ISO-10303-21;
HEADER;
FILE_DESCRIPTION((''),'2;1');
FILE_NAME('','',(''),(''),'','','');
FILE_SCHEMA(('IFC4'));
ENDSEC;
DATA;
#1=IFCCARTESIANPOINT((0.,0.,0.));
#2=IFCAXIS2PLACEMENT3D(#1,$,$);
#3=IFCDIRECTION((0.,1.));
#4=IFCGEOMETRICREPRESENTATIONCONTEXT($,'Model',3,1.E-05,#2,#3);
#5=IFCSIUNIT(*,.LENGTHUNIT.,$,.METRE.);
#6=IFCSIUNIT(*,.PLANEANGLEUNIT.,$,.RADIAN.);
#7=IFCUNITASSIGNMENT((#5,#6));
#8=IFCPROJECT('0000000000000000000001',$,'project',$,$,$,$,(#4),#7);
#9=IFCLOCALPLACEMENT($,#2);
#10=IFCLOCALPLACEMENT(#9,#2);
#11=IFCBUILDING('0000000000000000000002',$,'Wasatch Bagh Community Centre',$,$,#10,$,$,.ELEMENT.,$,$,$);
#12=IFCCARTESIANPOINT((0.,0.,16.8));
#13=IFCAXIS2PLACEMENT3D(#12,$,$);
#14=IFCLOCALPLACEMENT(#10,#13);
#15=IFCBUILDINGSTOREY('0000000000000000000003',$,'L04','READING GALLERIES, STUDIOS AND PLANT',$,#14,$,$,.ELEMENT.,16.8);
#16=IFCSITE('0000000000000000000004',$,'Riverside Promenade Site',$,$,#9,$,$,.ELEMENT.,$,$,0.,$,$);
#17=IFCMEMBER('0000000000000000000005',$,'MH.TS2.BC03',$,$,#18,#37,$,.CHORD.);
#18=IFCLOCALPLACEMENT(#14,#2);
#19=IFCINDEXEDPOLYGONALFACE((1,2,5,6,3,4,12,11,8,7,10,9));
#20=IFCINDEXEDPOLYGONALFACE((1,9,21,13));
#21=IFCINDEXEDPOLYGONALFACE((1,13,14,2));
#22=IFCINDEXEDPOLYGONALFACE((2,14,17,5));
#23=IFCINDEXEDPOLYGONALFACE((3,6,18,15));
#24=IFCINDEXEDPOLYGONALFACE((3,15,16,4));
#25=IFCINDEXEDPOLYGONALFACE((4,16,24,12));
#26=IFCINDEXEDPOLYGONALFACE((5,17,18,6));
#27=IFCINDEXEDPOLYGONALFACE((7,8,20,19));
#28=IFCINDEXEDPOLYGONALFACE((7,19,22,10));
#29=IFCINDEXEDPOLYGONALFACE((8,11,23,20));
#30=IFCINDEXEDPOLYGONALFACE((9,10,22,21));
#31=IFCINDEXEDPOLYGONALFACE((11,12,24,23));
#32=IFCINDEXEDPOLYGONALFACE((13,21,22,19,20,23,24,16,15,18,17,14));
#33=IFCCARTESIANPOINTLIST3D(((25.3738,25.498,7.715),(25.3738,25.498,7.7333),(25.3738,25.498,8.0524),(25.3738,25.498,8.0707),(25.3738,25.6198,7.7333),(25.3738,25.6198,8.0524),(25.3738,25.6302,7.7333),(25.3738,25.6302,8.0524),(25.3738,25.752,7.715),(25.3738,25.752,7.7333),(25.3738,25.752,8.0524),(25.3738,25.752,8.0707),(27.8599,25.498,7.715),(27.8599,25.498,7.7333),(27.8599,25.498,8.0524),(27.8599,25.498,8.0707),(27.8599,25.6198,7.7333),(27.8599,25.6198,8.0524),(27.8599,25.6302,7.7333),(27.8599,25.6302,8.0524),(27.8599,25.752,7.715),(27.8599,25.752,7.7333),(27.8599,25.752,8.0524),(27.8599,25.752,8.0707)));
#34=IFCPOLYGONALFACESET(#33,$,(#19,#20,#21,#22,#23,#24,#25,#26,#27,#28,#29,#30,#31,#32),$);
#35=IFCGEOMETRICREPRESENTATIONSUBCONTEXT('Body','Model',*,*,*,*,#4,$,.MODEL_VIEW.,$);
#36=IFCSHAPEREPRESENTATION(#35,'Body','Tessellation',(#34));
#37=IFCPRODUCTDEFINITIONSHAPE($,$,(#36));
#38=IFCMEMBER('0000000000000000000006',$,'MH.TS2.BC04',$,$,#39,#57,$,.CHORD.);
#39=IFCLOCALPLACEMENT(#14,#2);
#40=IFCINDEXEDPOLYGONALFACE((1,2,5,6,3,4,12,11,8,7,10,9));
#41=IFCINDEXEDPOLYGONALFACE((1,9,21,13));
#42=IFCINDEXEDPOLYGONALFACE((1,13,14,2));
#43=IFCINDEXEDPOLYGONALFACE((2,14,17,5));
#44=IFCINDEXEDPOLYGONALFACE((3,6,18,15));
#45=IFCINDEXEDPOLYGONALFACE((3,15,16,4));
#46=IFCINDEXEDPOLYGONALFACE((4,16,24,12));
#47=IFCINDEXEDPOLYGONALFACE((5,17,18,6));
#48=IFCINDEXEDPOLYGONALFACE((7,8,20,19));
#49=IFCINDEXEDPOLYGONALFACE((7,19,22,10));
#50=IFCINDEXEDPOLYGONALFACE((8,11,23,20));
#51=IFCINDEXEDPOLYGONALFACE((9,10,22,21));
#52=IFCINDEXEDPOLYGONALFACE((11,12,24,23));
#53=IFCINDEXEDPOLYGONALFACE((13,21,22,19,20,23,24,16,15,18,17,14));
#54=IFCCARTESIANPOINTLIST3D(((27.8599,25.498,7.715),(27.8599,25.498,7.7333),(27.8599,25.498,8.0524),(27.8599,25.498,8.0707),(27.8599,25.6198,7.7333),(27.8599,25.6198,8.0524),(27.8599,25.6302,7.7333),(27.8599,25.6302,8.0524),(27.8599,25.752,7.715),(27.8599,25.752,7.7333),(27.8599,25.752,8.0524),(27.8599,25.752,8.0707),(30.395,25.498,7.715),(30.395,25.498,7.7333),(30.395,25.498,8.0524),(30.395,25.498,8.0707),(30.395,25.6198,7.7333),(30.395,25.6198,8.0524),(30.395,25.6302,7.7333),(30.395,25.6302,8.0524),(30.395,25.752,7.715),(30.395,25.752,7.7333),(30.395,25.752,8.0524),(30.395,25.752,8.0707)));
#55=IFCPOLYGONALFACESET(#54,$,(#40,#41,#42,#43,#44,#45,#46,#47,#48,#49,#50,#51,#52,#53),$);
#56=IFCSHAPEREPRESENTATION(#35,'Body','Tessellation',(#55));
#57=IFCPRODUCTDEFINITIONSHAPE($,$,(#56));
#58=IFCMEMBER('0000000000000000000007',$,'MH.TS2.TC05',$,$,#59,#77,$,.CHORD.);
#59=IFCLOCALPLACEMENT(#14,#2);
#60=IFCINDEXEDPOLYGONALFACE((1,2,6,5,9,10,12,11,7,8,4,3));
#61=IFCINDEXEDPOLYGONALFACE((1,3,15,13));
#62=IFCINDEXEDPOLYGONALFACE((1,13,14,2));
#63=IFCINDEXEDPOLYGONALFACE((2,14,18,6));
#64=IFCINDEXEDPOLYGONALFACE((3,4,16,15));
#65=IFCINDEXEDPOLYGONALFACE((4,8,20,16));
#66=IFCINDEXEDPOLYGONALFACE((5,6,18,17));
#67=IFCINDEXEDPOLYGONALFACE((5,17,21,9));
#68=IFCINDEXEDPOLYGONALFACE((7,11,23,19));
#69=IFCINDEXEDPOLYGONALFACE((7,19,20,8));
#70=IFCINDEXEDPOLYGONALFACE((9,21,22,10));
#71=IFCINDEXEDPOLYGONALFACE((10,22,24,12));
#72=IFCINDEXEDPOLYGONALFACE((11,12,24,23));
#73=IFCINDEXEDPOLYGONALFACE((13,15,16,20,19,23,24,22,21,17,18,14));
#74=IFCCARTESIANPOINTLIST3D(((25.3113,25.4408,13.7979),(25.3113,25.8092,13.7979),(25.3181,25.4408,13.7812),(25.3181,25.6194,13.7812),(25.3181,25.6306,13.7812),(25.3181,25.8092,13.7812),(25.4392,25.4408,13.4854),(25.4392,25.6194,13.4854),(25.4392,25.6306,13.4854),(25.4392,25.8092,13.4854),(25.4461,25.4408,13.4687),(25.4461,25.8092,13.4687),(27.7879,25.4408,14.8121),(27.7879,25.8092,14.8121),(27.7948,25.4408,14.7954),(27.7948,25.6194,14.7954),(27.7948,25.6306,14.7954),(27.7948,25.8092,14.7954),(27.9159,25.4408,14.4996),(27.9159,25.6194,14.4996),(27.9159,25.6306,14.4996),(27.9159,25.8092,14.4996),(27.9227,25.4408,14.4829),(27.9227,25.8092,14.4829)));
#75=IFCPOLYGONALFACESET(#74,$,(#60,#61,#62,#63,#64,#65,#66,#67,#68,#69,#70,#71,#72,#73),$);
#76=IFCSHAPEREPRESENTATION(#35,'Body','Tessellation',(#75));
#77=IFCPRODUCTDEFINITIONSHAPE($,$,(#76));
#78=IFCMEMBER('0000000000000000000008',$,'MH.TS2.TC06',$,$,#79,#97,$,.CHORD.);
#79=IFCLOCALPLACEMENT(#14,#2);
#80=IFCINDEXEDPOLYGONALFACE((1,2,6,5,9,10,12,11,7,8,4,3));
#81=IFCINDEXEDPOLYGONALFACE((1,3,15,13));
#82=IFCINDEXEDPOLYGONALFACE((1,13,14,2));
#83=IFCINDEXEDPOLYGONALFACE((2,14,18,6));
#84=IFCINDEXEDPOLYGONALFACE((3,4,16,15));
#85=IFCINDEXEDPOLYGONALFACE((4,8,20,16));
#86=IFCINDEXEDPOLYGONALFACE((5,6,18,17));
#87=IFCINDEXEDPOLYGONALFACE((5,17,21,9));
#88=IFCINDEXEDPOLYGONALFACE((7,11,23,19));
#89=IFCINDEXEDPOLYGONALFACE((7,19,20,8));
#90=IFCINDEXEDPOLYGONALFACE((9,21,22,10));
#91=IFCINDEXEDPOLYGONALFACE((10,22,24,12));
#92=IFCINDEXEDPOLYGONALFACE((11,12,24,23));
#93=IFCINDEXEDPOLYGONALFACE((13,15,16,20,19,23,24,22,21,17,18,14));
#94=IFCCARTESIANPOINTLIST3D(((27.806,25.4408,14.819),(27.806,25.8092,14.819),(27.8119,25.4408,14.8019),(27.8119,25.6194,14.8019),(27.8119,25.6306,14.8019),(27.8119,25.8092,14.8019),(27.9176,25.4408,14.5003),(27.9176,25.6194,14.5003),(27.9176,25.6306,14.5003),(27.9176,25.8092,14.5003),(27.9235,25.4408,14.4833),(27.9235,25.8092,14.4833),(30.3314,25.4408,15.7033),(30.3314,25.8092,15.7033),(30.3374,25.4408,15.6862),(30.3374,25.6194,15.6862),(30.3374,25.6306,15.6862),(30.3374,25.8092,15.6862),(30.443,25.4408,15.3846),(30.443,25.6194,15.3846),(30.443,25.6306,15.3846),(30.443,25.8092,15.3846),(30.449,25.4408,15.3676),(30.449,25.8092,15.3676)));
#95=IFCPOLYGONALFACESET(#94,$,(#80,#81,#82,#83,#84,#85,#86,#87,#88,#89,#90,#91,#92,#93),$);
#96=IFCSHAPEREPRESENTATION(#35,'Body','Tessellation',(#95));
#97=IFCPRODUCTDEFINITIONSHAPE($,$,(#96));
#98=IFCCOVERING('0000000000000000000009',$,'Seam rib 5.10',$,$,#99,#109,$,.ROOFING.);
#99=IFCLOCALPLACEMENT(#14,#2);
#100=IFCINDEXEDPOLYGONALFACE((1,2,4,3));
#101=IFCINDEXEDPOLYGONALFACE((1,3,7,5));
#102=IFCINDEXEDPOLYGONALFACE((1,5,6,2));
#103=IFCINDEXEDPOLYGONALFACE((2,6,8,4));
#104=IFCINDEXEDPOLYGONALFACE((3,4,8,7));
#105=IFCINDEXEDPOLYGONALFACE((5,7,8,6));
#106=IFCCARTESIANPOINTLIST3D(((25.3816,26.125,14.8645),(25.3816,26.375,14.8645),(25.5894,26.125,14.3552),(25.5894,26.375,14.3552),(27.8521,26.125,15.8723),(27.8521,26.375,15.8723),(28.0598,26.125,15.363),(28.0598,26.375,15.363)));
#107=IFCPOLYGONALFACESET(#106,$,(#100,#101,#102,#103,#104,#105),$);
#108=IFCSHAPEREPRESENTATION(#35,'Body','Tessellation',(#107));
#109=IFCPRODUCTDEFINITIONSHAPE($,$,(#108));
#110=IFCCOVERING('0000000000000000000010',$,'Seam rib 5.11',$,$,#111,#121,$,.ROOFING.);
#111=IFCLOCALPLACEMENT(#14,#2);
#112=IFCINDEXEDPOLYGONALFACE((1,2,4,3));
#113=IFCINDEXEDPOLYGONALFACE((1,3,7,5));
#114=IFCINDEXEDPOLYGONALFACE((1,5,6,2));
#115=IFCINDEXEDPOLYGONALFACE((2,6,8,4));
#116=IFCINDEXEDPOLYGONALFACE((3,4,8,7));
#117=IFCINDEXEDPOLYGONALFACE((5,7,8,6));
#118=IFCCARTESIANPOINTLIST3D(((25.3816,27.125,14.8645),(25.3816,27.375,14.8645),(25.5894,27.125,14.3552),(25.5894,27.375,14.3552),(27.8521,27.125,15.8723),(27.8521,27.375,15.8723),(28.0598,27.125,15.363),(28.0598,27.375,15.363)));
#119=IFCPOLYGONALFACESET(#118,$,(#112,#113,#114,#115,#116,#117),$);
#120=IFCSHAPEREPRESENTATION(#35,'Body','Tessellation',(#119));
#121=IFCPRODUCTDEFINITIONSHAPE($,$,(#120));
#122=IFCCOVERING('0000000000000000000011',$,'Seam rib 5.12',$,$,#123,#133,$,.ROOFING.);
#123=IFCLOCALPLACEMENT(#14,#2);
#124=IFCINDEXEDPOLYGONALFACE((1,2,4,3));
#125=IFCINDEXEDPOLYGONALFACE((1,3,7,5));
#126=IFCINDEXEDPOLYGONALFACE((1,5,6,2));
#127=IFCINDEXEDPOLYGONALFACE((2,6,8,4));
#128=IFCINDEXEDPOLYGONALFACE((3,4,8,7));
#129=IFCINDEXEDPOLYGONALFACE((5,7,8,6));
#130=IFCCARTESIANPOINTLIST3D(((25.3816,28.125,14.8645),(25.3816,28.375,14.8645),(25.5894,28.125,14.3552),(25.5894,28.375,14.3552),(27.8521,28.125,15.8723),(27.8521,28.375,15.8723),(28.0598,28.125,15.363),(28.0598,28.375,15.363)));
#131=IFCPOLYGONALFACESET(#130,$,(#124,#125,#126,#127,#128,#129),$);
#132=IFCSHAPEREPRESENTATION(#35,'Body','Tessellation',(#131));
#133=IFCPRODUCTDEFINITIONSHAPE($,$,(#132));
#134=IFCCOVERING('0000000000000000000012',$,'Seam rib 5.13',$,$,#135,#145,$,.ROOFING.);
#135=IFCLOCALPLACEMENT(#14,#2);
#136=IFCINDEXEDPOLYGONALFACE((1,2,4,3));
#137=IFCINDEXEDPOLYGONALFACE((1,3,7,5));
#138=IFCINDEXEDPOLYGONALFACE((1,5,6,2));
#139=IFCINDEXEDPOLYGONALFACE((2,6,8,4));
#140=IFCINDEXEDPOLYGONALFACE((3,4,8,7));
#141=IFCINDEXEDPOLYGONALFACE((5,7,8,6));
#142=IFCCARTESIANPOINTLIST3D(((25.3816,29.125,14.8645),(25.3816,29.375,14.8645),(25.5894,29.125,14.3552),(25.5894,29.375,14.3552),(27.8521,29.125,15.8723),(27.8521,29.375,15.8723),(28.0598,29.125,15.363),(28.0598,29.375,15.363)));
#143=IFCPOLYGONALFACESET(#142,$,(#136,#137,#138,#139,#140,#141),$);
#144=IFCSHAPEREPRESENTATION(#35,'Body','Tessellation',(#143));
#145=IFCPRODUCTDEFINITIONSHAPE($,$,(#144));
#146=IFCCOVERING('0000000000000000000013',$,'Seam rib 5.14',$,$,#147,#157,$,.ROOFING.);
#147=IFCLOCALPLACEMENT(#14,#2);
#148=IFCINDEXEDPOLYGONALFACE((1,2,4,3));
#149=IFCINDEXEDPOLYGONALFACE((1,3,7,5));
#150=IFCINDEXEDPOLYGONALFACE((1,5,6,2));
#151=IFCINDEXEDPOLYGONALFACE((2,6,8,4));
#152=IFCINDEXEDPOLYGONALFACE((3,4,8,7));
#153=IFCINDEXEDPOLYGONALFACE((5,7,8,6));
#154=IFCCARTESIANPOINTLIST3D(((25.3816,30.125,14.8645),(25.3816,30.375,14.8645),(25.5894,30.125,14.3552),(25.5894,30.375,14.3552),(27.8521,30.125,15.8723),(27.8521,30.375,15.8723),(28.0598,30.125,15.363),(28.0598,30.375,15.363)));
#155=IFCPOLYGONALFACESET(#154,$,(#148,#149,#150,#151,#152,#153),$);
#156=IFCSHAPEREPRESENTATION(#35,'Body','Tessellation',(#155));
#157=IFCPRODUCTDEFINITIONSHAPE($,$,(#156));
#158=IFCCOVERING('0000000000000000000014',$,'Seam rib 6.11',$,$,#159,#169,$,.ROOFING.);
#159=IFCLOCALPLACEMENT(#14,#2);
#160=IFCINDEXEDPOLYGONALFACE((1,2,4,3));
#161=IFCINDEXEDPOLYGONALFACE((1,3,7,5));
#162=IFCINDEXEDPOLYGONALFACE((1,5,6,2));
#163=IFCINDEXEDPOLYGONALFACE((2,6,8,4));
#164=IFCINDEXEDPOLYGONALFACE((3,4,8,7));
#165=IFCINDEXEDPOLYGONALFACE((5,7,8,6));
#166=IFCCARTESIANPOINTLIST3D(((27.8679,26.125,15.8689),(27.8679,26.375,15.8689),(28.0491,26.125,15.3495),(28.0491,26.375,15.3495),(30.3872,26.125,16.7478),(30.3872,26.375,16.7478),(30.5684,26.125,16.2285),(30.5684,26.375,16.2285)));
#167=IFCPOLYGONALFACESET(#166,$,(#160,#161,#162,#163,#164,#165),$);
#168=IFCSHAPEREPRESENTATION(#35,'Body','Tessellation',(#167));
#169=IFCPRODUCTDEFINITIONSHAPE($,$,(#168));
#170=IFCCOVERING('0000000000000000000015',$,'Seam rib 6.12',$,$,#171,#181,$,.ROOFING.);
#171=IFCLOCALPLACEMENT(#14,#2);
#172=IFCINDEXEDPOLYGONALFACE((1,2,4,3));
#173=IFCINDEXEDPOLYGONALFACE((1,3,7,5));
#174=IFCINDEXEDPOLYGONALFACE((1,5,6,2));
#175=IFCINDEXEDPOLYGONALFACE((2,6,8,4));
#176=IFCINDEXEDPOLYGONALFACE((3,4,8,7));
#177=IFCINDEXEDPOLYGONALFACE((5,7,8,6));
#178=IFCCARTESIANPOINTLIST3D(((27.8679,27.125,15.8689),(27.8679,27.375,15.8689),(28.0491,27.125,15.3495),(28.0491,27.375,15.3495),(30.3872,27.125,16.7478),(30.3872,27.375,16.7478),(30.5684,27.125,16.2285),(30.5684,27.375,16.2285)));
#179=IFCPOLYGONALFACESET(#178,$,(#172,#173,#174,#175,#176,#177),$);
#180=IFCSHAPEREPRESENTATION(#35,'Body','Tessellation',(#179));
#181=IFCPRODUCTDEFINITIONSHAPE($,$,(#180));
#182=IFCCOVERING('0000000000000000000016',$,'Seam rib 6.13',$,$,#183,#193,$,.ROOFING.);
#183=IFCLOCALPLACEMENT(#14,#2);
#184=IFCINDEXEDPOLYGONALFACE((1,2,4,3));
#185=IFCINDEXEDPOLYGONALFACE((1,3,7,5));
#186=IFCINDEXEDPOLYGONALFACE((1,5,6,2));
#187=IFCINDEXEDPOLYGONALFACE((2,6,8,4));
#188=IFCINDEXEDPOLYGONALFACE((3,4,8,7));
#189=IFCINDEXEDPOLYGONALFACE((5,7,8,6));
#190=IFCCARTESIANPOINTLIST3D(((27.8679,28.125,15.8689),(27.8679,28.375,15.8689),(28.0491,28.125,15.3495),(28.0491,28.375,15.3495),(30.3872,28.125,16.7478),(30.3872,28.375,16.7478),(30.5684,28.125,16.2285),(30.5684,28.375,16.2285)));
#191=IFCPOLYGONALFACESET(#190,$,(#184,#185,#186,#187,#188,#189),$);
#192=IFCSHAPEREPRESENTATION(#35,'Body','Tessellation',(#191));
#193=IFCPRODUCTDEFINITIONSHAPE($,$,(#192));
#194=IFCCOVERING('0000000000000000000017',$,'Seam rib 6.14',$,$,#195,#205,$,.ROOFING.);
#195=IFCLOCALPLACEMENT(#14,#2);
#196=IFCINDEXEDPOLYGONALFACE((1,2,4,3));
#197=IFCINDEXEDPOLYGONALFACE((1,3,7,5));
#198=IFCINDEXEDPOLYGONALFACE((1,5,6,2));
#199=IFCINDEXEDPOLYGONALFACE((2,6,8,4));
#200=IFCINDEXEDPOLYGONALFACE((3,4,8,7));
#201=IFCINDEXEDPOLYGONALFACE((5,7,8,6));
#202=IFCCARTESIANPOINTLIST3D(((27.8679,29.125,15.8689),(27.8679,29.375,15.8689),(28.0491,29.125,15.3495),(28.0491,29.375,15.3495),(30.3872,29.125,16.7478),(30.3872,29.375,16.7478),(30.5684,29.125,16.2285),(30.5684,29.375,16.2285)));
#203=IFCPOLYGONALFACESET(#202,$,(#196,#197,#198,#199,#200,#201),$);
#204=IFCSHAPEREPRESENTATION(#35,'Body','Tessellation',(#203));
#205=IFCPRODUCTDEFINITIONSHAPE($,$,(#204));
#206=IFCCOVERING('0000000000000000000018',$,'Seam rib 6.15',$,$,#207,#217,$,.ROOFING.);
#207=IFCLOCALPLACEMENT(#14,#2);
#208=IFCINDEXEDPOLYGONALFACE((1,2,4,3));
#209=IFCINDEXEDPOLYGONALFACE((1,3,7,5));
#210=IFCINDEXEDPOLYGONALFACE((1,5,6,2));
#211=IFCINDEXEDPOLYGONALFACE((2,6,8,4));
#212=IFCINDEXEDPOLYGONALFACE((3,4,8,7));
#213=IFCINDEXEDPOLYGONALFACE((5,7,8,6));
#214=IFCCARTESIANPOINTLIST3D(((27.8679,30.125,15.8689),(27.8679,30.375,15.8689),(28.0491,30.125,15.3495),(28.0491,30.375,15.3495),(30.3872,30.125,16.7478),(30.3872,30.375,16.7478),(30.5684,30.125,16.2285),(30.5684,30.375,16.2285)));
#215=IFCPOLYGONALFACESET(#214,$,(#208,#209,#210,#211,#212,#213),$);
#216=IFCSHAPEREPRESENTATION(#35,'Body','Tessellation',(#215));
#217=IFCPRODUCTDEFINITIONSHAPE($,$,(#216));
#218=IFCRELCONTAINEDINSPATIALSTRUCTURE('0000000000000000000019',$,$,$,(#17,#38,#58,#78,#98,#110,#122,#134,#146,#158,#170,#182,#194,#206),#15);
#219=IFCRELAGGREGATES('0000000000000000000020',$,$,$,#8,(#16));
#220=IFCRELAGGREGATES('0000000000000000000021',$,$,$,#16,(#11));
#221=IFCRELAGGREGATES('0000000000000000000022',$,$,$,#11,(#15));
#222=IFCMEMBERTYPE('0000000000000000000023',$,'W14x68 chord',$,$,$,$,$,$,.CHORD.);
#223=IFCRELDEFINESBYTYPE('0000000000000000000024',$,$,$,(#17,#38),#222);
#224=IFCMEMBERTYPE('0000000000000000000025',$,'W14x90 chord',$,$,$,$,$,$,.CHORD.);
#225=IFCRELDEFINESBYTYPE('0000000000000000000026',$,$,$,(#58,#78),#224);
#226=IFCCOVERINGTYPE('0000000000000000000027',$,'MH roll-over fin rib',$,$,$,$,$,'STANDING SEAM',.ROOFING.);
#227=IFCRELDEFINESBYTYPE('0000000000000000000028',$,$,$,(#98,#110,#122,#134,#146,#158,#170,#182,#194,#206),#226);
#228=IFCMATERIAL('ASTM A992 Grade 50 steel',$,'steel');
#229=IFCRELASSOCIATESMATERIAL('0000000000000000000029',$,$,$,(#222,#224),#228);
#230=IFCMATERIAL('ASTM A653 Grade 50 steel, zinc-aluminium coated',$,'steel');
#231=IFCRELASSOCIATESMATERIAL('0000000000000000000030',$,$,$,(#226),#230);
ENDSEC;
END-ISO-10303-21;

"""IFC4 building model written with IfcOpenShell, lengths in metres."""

from ifc_helpers import new_model, si_unit, direction, frame, origin, origin_2d, place, context, subcontext, project, spatial, polyline, i_section, outline, extrude, material, material_profile, profile_set, type_object, element, save


model = new_model("IFC4")

# Units and contexts
model_context = context("Model", 3, precision=1e-05, world=origin(), true_north=direction((0.0, 1.0)))
body_context = subcontext(model_context, "Body", "Model", "MODEL_VIEW")
ifc_project = project(units=[si_unit("LENGTHUNIT", "METRE"), si_unit("PLANEANGLEUNIT", "RADIAN")], contexts=[model_context])

# Site, building, storey
site_placement = place(None, origin())
site = spatial("IfcSite", under=ifc_project, at=site_placement, Name="Riverside Promenade Site", CompositionType="ELEMENT", RefElevation=0.0)
building_placement = place(site_placement, origin())
building = spatial("IfcBuilding", under=site, at=building_placement, Name="Wasatch Bagh Community Centre", CompositionType="ELEMENT")
storey_placement = place(building_placement, frame((0.0, 0.0, 16.8)))
storey = spatial("IfcBuildingStorey", under=building, at=storey_placement, Name="L04", Description="READING GALLERIES, STUDIOS AND PLANT", CompositionType="ELEMENT", Elevation=16.8)

# Members
ifc_material_1 = material(Name="ASTM A992 Grade 50 steel", Category="steel")
ifc_material_profile_1 = material_profile(ifc_material_1, i_section(OverallWidth=0.2539, OverallDepth=0.3557, WebThickness=0.0105, FlangeThickness=0.0183, at=origin_2d()), Name="W14x68")
ifc_profile_set_1 = profile_set([ifc_material_profile_1], Name="ASTM A992 Grade 50 steel")
member_type_1 = type_object("IfcMemberType", Name="W14x68 chord", PredefinedType="CHORD", material=ifc_profile_set_1)
for number, where, z_axis, x_axis, name in (
    (1, (25.3738, 25.625, 7.8928), (1.0, 0.0, 0.0), (0.0, 1.0, 0.0), "MH.TS2.BC03"),
):
    element("IfcMember", number, at=place(storey_placement, frame(where, z_axis=z_axis, x_axis=x_axis)), inside=storey, type_object=member_type_1, Name=name, PredefinedType="CHORD", context=body_context, shape_type="SweptSolid", body=[
        extrude(i_section(OverallWidth=0.2539, OverallDepth=0.3557, WebThickness=0.0105, FlangeThickness=0.0183, at=origin_2d()), origin(), (0.0, 0.0, 1.0), 2.4861),
    ])
member_1_placement = place(storey_placement, frame((27.8599, 25.625, 7.8928), z_axis=(1.0, 0.0, 0.0), x_axis=(0.0, 1.0, 0.0)))
element("IfcMember", 2, at=member_1_placement, inside=storey, type_object=member_type_1, Name="MH.TS2.BC04", PredefinedType="CHORD", context=body_context, shape_type="SweptSolid", body=[
    extrude(i_section(OverallWidth=0.2539, OverallDepth=0.3557, WebThickness=0.0105, FlangeThickness=0.0183, at=origin_2d()), origin(), (0.0, 0.0, 1.0), 2.5352),
])
ifc_material_profile_2 = material_profile(ifc_material_1, i_section(OverallWidth=0.3684, OverallDepth=0.3557, WebThickness=0.0112, FlangeThickness=0.0181, at=origin_2d()), Name="W14x90")
ifc_profile_set_2 = profile_set([ifc_material_profile_2], Name="ASTM A992 Grade 50 steel")
member_type_2 = type_object("IfcMemberType", Name="W14x90 chord", PredefinedType="CHORD", material=ifc_profile_set_2)
member_2_placement = place(storey_placement, frame((25.3787, 25.625, 13.6333), z_axis=(0.925413, 0.0, 0.37896), x_axis=(0.0, 1.0, 0.0)))
element("IfcMember", 3, at=member_2_placement, inside=storey, type_object=member_type_2, Name="MH.TS2.TC05", PredefinedType="CHORD", context=body_context, shape_type="SweptSolid", body=[
    extrude(i_section(OverallWidth=0.3684, OverallDepth=0.3557, WebThickness=0.0112, FlangeThickness=0.0181, at=origin_2d()), origin(), (0.0, 0.0, 1.0), 2.6763),
])
member_3_placement = place(storey_placement, frame((27.8647, 25.625, 14.6511), z_axis=(0.943813, 0.0, 0.33048), x_axis=(0.0, 1.0, 0.0)))
element("IfcMember", 4, at=member_3_placement, inside=storey, type_object=member_type_2, Name="MH.TS2.TC06", PredefinedType="CHORD", context=body_context, shape_type="SweptSolid", body=[
    extrude(i_section(OverallWidth=0.3684, OverallDepth=0.3557, WebThickness=0.0112, FlangeThickness=0.0181, at=origin_2d()), origin(), (0.0, 0.0, 1.0), 2.6758),
])

# Coverings
ifc_material_2 = material(Name="ASTM A653 Grade 50 steel, zinc-aluminium coated", Category="steel")
covering_type = type_object("IfcCoveringType", Name="MH roll-over fin rib", ElementType="STANDING SEAM", PredefinedType="ROOFING", material=ifc_material_2)
for number, where, z_axis, x_axis, name in (
    (5, (25.3816, 26.125, 14.8645), (-0.377724, 0.0, 0.925918), (0.925918, 0.0, 0.377724), "Seam rib 5.10"),
    (6, (25.3816, 27.125, 14.8645), (-0.377724, 0.0, 0.925918), (0.925918, 0.0, 0.377724), "Seam rib 5.11"),
    (7, (25.3816, 28.125, 14.8645), (-0.377724, 0.0, 0.925918), (0.925918, 0.0, 0.377724), "Seam rib 5.12"),
    (8, (25.3816, 29.125, 14.8645), (-0.377724, 0.0, 0.925918), (0.925918, 0.0, 0.377724), "Seam rib 5.13"),
    (9, (25.3816, 30.125, 14.8645), (-0.377724, 0.0, 0.925918), (0.925918, 0.0, 0.377724), "Seam rib 5.14"),
):
    element("IfcCovering", number, at=place(storey_placement, frame(where, z_axis=z_axis, x_axis=x_axis)), inside=storey, type_object=covering_type, Name=name, PredefinedType="ROOFING", context=body_context, shape_type="SweptSolid", body=[
        extrude(outline(polyline([(0.0, 0.0), (2.6681, 0.0), (2.6681, 0.25), (0.0, 0.25), (0.0, 0.0)])), origin(), (0.0, 0.0, -1.0), 0.55),
    ])
for number, where, z_axis, x_axis, name in (
    (10, (27.8679, 26.125, 15.8689), (-0.329401, 0.0, 0.94419), (0.94419, 0.0, 0.329401), "Seam rib 6.11"),
    (11, (27.8679, 27.125, 15.8689), (-0.329401, 0.0, 0.94419), (0.94419, 0.0, 0.329401), "Seam rib 6.12"),
    (12, (27.8679, 28.125, 15.8689), (-0.329401, 0.0, 0.94419), (0.94419, 0.0, 0.329401), "Seam rib 6.13"),
    (13, (27.8679, 29.125, 15.8689), (-0.329401, 0.0, 0.94419), (0.94419, 0.0, 0.329401), "Seam rib 6.14"),
    (14, (27.8679, 30.125, 15.8689), (-0.329401, 0.0, 0.94419), (0.94419, 0.0, 0.329401), "Seam rib 6.15"),
):
    element("IfcCovering", number, at=place(storey_placement, frame(where, z_axis=z_axis, x_axis=x_axis)), inside=storey, type_object=covering_type, Name=name, PredefinedType="ROOFING", context=body_context, shape_type="SweptSolid", body=[
        extrude(outline(polyline([(0.0, 0.0), (2.6682, 0.0), (2.6682, 0.25), (0.0, 0.25), (0.0, 0.0)])), origin(), (0.0, 0.0, -1.0), 0.55),
    ])

save(model, "model.ifc")
